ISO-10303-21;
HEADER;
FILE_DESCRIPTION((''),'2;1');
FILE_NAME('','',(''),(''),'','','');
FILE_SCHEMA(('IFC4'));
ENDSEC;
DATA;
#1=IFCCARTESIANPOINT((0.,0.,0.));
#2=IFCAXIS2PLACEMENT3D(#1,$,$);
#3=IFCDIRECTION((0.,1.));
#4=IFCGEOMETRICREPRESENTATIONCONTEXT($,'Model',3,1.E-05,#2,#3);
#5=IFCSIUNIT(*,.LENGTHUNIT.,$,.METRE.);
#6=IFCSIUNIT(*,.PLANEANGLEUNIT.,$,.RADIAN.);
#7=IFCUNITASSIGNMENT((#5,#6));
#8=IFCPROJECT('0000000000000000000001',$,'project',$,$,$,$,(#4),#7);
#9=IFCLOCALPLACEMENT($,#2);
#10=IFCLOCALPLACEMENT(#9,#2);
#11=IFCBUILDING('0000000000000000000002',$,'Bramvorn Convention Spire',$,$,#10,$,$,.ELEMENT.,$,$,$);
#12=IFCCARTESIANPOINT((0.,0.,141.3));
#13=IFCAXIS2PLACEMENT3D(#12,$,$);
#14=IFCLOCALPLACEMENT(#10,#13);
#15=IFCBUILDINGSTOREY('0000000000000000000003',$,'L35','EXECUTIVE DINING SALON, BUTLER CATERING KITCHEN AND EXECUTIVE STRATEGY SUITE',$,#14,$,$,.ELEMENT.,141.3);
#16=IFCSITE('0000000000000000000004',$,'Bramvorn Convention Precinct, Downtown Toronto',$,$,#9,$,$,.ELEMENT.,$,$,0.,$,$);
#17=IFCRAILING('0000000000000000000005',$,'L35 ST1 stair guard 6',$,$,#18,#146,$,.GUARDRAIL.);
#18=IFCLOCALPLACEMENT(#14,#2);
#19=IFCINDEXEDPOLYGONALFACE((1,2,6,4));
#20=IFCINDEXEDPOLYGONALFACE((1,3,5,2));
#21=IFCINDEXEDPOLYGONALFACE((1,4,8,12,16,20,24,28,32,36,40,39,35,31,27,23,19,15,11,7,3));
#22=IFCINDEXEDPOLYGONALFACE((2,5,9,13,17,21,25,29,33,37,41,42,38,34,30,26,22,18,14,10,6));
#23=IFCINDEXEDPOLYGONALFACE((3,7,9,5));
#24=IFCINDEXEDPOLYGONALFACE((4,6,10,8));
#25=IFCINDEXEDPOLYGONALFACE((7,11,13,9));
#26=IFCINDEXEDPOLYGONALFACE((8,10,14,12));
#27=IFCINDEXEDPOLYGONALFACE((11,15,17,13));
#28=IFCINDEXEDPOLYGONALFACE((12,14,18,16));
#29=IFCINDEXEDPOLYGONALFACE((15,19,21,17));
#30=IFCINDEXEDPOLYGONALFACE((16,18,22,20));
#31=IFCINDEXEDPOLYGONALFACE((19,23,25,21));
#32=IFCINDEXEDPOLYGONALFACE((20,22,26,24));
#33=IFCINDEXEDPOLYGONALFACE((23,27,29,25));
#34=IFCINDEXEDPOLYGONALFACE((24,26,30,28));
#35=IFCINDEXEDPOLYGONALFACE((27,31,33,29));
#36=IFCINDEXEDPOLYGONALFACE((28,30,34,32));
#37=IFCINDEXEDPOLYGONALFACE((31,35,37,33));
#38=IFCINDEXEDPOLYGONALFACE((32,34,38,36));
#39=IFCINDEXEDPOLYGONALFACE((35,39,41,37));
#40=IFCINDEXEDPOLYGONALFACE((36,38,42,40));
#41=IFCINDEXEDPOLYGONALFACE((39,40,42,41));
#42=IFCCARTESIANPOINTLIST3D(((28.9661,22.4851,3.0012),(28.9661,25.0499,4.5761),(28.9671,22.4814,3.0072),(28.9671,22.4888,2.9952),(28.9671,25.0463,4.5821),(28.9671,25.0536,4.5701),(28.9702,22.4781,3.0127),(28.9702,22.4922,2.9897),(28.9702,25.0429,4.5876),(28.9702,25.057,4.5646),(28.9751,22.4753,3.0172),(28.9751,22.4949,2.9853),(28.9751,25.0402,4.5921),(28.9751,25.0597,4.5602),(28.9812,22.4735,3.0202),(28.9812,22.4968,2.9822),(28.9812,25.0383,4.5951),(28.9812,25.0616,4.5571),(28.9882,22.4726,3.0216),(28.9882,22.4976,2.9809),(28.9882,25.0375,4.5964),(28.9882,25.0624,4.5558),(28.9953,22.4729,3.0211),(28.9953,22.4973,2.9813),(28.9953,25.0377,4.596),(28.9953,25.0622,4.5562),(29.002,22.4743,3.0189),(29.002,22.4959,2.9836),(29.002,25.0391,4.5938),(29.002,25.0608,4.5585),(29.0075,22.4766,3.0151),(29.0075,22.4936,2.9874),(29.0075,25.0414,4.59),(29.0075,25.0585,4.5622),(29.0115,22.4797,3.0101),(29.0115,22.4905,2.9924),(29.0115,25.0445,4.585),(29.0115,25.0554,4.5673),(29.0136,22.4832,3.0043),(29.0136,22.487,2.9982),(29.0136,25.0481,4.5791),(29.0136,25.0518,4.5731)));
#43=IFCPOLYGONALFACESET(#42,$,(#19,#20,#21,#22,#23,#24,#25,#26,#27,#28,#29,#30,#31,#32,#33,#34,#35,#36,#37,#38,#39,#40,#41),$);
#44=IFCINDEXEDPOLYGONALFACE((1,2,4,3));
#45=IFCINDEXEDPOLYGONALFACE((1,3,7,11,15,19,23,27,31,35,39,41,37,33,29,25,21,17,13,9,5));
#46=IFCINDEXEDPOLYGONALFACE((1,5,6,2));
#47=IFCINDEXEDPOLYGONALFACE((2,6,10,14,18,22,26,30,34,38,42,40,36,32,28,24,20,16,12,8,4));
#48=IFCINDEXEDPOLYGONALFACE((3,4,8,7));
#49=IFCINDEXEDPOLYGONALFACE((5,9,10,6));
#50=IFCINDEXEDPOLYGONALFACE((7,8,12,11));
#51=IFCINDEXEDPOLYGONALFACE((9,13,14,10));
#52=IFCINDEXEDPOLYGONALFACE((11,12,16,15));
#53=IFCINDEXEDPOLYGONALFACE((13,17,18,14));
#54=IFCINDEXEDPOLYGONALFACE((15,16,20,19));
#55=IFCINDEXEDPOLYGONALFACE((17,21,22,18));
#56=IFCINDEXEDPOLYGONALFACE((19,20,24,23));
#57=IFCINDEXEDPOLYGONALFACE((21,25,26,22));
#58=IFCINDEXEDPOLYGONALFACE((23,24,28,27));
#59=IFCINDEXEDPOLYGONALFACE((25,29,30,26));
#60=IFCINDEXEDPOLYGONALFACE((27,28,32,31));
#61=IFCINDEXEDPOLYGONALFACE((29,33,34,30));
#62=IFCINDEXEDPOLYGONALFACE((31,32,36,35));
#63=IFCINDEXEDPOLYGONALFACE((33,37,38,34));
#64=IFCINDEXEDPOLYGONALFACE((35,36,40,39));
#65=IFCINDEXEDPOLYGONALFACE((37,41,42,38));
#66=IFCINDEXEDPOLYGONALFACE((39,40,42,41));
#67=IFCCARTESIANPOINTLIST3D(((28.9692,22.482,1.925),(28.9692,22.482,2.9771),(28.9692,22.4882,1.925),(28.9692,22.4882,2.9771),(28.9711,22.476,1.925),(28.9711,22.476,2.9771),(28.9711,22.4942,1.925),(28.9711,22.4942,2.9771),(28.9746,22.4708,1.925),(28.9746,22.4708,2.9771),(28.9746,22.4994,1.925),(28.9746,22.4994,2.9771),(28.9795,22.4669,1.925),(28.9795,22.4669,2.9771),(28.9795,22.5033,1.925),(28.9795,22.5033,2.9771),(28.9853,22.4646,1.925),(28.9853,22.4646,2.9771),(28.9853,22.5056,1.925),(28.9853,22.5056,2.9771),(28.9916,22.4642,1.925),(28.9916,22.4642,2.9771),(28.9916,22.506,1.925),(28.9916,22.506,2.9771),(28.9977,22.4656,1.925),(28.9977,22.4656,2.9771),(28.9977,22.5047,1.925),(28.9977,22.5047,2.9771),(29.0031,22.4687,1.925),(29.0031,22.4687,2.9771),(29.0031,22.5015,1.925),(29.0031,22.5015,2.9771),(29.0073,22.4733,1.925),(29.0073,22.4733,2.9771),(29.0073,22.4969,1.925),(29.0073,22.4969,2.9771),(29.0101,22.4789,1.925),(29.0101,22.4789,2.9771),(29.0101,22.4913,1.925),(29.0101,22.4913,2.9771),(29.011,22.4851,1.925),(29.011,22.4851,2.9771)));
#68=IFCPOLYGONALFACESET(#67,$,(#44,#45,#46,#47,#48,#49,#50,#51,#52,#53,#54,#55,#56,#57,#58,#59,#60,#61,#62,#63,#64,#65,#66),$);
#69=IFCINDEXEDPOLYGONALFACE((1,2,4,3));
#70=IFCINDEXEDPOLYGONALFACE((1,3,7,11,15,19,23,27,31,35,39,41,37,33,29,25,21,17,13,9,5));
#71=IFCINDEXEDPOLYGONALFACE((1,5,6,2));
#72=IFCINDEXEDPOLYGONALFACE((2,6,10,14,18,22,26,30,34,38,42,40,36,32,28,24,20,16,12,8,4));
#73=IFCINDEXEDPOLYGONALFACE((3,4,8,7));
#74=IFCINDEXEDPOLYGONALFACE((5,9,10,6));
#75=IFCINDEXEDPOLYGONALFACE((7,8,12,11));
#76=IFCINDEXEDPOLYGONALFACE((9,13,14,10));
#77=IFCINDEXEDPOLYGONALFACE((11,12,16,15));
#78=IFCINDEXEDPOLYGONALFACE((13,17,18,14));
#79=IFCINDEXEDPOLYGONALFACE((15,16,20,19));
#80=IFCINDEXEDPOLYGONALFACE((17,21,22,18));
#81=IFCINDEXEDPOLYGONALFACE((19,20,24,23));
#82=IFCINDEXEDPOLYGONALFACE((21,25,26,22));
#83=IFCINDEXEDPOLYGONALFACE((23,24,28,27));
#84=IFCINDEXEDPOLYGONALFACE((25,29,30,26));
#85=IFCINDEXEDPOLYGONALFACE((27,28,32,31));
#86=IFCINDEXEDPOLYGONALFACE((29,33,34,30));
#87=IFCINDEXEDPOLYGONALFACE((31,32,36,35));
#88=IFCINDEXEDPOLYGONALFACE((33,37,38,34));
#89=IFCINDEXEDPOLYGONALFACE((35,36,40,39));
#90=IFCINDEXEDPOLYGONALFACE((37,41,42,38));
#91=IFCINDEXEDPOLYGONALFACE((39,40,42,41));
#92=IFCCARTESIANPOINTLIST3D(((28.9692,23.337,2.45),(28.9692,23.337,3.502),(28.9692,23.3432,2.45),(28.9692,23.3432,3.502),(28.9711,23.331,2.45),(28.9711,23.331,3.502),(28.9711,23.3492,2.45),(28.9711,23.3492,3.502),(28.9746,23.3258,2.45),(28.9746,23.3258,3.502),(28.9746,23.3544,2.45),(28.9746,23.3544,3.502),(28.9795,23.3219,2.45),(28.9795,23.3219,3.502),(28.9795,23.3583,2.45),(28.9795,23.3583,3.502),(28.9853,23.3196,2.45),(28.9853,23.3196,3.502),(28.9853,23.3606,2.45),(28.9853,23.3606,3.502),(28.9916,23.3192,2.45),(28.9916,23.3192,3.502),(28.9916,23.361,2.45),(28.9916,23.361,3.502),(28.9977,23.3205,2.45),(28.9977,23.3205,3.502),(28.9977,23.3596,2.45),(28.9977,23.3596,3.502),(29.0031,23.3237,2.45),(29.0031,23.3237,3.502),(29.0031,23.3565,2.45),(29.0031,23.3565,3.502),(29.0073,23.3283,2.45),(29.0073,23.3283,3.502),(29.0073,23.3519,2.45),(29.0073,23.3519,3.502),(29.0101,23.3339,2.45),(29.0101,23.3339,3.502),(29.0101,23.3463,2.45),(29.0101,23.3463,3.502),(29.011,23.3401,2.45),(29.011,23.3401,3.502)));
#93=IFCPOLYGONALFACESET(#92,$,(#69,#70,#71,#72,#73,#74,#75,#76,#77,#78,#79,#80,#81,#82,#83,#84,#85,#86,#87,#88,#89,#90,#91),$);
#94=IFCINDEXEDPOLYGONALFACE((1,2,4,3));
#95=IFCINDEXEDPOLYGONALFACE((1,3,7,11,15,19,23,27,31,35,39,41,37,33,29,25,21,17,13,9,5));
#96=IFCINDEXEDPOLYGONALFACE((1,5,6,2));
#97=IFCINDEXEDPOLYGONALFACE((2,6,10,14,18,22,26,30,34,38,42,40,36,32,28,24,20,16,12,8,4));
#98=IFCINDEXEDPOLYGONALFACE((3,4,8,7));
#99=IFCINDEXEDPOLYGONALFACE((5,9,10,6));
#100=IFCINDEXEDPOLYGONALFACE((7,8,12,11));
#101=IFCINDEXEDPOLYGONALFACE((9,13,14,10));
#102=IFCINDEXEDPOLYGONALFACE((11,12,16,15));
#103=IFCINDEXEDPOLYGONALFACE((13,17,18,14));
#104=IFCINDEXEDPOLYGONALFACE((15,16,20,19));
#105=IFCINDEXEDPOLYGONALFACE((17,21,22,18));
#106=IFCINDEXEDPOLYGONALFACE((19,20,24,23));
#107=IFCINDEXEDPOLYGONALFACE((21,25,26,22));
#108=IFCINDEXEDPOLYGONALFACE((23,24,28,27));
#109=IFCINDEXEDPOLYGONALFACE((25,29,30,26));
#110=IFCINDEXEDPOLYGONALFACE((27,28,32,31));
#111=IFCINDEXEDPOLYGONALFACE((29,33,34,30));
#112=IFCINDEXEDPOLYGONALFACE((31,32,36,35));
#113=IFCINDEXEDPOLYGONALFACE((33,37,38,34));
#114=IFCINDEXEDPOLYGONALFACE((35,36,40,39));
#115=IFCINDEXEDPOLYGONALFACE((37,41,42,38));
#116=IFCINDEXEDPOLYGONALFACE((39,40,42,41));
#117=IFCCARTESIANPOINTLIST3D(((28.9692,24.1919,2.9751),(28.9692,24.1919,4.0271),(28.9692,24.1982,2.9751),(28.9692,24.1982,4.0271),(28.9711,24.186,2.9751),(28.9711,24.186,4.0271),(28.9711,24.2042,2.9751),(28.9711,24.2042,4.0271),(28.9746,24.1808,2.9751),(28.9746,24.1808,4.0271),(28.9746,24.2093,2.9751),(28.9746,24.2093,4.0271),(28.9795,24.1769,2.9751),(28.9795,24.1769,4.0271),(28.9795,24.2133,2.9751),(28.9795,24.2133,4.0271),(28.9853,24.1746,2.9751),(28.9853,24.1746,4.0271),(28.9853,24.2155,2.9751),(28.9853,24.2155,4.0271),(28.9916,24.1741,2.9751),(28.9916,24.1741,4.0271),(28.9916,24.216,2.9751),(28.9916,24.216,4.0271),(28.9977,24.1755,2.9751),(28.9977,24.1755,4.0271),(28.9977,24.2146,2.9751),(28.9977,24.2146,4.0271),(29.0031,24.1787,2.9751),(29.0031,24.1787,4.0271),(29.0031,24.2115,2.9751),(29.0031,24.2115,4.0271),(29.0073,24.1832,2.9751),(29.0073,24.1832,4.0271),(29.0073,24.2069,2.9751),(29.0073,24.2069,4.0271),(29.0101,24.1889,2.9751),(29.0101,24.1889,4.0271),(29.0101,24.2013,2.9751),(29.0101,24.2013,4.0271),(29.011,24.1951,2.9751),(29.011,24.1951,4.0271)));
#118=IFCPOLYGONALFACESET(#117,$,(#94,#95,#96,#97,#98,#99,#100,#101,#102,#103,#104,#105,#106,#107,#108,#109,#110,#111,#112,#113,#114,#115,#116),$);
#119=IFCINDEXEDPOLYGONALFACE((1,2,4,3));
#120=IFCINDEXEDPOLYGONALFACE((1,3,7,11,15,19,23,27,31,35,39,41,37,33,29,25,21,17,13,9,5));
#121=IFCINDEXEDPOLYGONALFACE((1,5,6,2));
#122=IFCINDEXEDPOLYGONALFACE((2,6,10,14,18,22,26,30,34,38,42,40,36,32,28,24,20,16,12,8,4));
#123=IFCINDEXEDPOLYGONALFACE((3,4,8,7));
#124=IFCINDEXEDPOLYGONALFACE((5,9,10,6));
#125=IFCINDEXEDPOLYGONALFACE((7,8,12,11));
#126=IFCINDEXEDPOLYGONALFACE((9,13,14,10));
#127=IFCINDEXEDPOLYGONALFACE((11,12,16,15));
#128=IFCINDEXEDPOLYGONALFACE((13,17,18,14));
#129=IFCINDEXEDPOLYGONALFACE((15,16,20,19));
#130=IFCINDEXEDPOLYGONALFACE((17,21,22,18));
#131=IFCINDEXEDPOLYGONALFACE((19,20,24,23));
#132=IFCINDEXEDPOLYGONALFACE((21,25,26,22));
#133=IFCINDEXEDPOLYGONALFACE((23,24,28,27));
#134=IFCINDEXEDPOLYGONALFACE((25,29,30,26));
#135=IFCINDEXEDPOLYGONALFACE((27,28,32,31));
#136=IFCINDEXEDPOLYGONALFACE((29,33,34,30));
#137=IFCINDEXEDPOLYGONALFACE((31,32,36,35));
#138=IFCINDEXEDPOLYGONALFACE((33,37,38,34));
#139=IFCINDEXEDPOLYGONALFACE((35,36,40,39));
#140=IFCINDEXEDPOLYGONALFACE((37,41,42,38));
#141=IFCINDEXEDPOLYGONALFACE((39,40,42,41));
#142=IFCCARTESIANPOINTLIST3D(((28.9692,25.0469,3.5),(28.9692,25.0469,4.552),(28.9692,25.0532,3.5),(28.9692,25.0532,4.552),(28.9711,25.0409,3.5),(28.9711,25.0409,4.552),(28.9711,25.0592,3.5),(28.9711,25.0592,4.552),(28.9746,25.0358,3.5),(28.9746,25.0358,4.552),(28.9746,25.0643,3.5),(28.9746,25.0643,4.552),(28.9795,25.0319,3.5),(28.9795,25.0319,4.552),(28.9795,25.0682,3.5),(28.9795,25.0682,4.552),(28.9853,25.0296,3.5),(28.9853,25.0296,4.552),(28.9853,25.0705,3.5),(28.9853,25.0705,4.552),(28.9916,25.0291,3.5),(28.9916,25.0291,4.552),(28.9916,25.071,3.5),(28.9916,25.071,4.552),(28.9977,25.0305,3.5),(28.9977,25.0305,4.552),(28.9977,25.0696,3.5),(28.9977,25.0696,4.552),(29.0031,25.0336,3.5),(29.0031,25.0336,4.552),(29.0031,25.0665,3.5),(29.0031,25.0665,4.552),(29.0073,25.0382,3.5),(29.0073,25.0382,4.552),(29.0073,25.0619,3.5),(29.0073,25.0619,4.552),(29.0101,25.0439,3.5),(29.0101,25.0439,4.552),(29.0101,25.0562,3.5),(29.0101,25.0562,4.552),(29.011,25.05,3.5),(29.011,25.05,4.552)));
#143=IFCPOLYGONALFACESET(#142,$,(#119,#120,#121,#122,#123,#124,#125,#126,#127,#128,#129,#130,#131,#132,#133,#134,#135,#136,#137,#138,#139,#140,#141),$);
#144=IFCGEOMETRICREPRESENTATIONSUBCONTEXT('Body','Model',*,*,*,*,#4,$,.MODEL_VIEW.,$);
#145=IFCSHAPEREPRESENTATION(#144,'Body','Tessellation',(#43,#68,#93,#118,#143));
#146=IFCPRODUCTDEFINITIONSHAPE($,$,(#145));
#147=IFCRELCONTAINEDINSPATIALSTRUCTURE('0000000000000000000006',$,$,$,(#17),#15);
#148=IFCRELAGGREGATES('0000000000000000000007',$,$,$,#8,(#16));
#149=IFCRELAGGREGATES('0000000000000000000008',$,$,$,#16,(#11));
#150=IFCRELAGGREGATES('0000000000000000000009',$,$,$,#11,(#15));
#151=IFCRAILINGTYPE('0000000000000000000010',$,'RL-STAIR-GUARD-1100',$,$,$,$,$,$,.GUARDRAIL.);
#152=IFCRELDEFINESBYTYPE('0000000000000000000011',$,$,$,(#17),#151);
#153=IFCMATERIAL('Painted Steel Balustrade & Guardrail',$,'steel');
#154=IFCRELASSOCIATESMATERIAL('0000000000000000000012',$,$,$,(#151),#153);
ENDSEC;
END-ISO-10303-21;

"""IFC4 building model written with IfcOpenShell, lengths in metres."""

from ifc_helpers import new_model, si_unit, direction, frame, origin, origin_2d, place, context, subcontext, project, spatial, circle, extrude, material, type_object, element, save


model = new_model("IFC4")

# Units and contexts
model_context = context("Model", 3, precision=1e-05, world=origin(), true_north=direction((0.0, 1.0)))
body_context = subcontext(model_context, "Body", "Model", "MODEL_VIEW")
ifc_project = project(units=[si_unit("LENGTHUNIT", "METRE"), si_unit("PLANEANGLEUNIT", "RADIAN")], contexts=[model_context])

# Site, building, storey
site_placement = place(None, origin())
site = spatial("IfcSite", under=ifc_project, at=site_placement, Name="Bramvorn Convention Precinct, Downtown Toronto", CompositionType="ELEMENT", RefElevation=0.0)
building_placement = place(site_placement, origin())
building = spatial("IfcBuilding", under=site, at=building_placement, Name="Bramvorn Convention Spire", CompositionType="ELEMENT")
storey_placement = place(building_placement, frame((0.0, 0.0, 141.3)))
storey = spatial("IfcBuildingStorey", under=building, at=storey_placement, Name="L35", Description="EXECUTIVE DINING SALON, BUTLER CATERING KITCHEN AND EXECUTIVE STRATEGY SUITE", CompositionType="ELEMENT", Elevation=141.3)

# Railing
ifc_material_1 = material(Name="Painted Steel Balustrade & Guardrail", Category="steel")
railing_type_1 = type_object("IfcRailingType", Name="RL-STAIR-GUARD-1100", PredefinedType="GUARDRAIL", material=ifc_material_1)
railing_1_placement = place(storey_placement, frame((28.99, 22.4851, 1.925)))
element("IfcRailing", 1, at=railing_1_placement, inside=storey, type_object=railing_type_1, Name="L35 ST1 stair guard 6", PredefinedType="GUARDRAIL", context=body_context, shape_type="SweptSolid", body=[
    extrude(circle(Radius=0.0239, at=origin_2d()), frame((0.0, 0.0, 1.0762), z_axis=(0.0, 0.852173, 0.52326), x_axis=(-1.0, 0.0, 0.0)), (0.0, 0.0, 1.0), 3.0098),
    extrude(circle(Radius=0.021, at=origin_2d()), origin(), (0.0, 0.0, 1.0), 1.052),
    extrude(circle(Radius=0.021, at=origin_2d()), frame((0.0, 0.855, 0.5249)), (0.0, 0.0, 1.0), 1.052),
    extrude(circle(Radius=0.021, at=origin_2d()), frame((0.0, 1.71, 1.05)), (0.0, 0.0, 1.0), 1.052),
    extrude(circle(Radius=0.021, at=origin_2d()), frame((0.0, 2.5649, 1.575)), (0.0, 0.0, 1.0), 1.052),
])

save(model, "model.ifc")
